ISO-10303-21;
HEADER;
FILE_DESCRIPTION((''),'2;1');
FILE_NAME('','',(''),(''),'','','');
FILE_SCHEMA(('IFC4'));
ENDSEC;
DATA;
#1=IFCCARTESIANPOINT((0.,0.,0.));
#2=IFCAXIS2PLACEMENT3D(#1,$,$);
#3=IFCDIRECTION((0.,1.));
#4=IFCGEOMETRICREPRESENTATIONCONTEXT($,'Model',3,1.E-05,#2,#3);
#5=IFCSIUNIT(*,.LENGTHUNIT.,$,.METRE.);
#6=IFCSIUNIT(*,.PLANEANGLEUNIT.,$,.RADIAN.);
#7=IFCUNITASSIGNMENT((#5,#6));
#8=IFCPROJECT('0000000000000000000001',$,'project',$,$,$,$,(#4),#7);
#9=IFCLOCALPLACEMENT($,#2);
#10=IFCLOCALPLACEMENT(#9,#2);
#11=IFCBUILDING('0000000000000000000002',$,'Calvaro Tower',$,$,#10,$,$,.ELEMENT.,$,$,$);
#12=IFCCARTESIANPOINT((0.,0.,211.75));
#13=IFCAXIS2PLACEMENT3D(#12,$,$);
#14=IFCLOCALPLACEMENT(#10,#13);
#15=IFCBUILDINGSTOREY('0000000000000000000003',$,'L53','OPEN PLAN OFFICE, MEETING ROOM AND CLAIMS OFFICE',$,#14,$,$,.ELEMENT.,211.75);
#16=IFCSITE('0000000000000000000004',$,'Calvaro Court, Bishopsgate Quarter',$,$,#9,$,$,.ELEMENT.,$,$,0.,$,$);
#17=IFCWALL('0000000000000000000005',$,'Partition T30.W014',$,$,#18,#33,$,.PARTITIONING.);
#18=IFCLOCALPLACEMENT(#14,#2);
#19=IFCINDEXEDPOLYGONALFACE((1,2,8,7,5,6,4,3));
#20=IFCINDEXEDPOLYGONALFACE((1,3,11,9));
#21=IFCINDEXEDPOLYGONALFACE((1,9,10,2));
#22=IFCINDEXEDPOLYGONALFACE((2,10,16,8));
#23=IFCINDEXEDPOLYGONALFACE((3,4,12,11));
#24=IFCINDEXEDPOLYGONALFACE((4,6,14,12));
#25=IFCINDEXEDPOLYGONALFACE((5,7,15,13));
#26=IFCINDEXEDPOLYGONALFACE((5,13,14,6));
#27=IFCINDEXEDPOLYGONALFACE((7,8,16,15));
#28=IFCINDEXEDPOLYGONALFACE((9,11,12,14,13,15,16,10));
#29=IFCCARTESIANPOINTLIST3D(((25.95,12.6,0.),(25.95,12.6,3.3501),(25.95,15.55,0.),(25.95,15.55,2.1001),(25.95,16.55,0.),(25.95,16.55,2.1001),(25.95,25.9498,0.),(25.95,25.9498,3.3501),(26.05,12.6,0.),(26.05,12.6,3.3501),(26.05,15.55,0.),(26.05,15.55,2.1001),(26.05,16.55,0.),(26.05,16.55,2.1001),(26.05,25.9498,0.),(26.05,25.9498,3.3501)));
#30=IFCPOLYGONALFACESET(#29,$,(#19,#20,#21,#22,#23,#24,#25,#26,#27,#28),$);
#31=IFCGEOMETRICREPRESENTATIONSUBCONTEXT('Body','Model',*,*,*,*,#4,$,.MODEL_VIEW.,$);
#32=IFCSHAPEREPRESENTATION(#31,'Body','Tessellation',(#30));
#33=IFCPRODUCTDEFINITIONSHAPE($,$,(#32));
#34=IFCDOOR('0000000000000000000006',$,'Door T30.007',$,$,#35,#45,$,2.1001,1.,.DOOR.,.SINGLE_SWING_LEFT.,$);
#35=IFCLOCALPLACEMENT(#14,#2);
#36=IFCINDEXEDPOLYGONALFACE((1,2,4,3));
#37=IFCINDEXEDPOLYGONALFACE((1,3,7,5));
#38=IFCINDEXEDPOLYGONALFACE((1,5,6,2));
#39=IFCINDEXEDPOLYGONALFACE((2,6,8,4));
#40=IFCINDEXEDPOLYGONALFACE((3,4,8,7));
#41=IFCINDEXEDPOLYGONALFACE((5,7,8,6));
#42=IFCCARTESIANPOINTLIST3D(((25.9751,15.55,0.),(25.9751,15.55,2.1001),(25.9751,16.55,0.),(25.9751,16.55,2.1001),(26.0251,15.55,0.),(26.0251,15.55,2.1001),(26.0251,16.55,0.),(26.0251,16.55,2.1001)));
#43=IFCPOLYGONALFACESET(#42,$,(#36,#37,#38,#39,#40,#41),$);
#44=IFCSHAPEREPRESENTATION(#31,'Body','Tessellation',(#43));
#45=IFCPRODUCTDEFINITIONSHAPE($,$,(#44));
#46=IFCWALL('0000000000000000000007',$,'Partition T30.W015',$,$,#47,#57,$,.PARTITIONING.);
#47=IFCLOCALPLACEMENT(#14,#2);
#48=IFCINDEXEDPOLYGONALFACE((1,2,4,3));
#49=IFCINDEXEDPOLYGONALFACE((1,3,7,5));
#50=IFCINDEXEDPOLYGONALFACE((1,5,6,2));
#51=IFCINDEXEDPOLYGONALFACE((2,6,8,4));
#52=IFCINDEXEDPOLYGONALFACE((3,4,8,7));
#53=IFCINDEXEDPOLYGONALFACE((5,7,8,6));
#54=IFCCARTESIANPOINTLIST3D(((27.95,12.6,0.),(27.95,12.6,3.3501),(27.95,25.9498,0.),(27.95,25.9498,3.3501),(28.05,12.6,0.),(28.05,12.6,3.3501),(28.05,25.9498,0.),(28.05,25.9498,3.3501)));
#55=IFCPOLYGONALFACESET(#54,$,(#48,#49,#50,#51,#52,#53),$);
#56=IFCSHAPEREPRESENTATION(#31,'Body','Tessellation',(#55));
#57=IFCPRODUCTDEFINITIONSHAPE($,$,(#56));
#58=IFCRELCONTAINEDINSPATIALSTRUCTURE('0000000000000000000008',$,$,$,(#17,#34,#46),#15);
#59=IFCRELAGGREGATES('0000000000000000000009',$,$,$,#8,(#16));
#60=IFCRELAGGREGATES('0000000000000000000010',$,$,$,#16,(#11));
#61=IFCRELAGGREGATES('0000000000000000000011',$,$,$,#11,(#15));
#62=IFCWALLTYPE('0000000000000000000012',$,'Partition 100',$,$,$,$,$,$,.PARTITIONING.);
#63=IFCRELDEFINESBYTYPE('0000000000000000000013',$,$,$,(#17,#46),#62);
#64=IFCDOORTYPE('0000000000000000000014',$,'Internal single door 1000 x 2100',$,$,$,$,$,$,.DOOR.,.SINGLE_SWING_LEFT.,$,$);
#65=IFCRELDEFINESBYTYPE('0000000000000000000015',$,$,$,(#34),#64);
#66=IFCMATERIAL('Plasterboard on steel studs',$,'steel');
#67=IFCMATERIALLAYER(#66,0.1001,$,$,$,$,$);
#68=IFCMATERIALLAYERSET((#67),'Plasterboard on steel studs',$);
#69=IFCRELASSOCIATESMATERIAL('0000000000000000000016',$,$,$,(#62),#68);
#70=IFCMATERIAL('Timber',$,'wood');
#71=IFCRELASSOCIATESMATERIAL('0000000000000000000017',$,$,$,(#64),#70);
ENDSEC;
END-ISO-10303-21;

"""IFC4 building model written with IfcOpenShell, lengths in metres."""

from ifc_helpers import new_model, si_unit, direction, frame, frame_2d, origin, place, context, subcontext, project, spatial, rectangle, extrude, material, layer, layer_set, type_object, element, fill, save


model = new_model("IFC4")

# Units and contexts
model_context = context("Model", 3, precision=1e-05, world=origin(), true_north=direction((0.0, 1.0)))
body_context = subcontext(model_context, "Body", "Model", "MODEL_VIEW")
ifc_project = project(units=[si_unit("LENGTHUNIT", "METRE"), si_unit("PLANEANGLEUNIT", "RADIAN")], contexts=[model_context])

# Site, building, storey
site_placement = place(None, origin())
site = spatial("IfcSite", under=ifc_project, at=site_placement, Name="Calvaro Court, Bishopsgate Quarter", CompositionType="ELEMENT", RefElevation=0.0)
building_placement = place(site_placement, origin())
building = spatial("IfcBuilding", under=site, at=building_placement, Name="Calvaro Tower", CompositionType="ELEMENT")
storey_placement = place(building_placement, frame((0.0, 0.0, 211.75)))
storey = spatial("IfcBuildingStorey", under=building, at=storey_placement, Name="L53", Description="OPEN PLAN OFFICE, MEETING ROOM AND CLAIMS OFFICE", CompositionType="ELEMENT", Elevation=211.75)

# Shared definitions
ifc_material_1 = material(Name="Plasterboard on steel studs", Category="steel")
ifc_layer_1 = layer(ifc_material_1, 0.1001)
ifc_layer_set_1 = layer_set([ifc_layer_1], Name="Plasterboard on steel studs")
wall_type_1 = type_object("IfcWallType", Name="Partition 100", PredefinedType="PARTITIONING", material=ifc_layer_set_1)

# Wall, opening, door
wall_1_placement = place(storey_placement, frame((26.0, 12.6001, 0.0), z_axis=(0.0, 0.0, 1.0), x_axis=(0.0, 1.0, 0.0)))
wall_1 = element("IfcWall", 1, at=wall_1_placement, inside=storey, type_object=wall_type_1, Name="Partition T30.W014", PredefinedType="PARTITIONING", context=body_context, shape_type="SweptSolid", body=[
    extrude(rectangle(XDim=13.3499, YDim=0.1001, at=frame_2d((6.6748, 0.0))), origin(), (0.0, 0.0, 1.0), 3.3501),
])
opening_1_placement = place(wall_1_placement, frame((2.95, 0.0, 0.0)))
opening_1 = element("IfcOpeningElement", 2, at=opening_1_placement, cuts=wall_1, PredefinedType="OPENING", context=body_context, shape_type="SweptSolid", body=[
    extrude(rectangle(XDim=1.0, YDim=2.1001, at=frame_2d((0.5, 1.05))), frame((0.0, 0.0601, 0.0), z_axis=(0.0, -1.0, 0.0), x_axis=(1.0, 0.0, 0.0)), (0.0, 0.0, 1.0), 0.1201),
])
ifc_material_2 = material(Name="Timber", Category="wood")
door_type_1 = type_object("IfcDoorType", Name="Internal single door 1000 x 2100", OperationType="SINGLE_SWING_LEFT", PredefinedType="DOOR", material=ifc_material_2)
door_1_placement = place(opening_1_placement, origin())
door_1 = element("IfcDoor", 3, at=door_1_placement, inside=storey, type_object=door_type_1, Name="Door T30.007", OperationType="SINGLE_SWING_LEFT", OverallHeight=2.1001, OverallWidth=1.0, PredefinedType="DOOR", context=body_context, shape_type="SweptSolid", body=[
    extrude(rectangle(XDim=1.0, YDim=2.1001, at=frame_2d((0.5, 1.05))), frame((0.0, 0.0249, 0.0), z_axis=(0.0, -1.0, 0.0), x_axis=(1.0, 0.0, 0.0)), (0.0, 0.0, 1.0), 0.05),
])
fill(opening_1, door_1)

# Wall
wall_2_placement = place(storey_placement, frame((28.0, 12.6001, 0.0), z_axis=(0.0, 0.0, 1.0), x_axis=(0.0, 1.0, 0.0)))
element("IfcWall", 4, at=wall_2_placement, inside=storey, type_object=wall_type_1, Name="Partition T30.W015", PredefinedType="PARTITIONING", context=body_context, shape_type="SweptSolid", body=[
    extrude(rectangle(XDim=13.3499, YDim=0.1001, at=frame_2d((6.6748, 0.0))), origin(), (0.0, 0.0, 1.0), 3.3501),
])

save(model, "model.ifc")
